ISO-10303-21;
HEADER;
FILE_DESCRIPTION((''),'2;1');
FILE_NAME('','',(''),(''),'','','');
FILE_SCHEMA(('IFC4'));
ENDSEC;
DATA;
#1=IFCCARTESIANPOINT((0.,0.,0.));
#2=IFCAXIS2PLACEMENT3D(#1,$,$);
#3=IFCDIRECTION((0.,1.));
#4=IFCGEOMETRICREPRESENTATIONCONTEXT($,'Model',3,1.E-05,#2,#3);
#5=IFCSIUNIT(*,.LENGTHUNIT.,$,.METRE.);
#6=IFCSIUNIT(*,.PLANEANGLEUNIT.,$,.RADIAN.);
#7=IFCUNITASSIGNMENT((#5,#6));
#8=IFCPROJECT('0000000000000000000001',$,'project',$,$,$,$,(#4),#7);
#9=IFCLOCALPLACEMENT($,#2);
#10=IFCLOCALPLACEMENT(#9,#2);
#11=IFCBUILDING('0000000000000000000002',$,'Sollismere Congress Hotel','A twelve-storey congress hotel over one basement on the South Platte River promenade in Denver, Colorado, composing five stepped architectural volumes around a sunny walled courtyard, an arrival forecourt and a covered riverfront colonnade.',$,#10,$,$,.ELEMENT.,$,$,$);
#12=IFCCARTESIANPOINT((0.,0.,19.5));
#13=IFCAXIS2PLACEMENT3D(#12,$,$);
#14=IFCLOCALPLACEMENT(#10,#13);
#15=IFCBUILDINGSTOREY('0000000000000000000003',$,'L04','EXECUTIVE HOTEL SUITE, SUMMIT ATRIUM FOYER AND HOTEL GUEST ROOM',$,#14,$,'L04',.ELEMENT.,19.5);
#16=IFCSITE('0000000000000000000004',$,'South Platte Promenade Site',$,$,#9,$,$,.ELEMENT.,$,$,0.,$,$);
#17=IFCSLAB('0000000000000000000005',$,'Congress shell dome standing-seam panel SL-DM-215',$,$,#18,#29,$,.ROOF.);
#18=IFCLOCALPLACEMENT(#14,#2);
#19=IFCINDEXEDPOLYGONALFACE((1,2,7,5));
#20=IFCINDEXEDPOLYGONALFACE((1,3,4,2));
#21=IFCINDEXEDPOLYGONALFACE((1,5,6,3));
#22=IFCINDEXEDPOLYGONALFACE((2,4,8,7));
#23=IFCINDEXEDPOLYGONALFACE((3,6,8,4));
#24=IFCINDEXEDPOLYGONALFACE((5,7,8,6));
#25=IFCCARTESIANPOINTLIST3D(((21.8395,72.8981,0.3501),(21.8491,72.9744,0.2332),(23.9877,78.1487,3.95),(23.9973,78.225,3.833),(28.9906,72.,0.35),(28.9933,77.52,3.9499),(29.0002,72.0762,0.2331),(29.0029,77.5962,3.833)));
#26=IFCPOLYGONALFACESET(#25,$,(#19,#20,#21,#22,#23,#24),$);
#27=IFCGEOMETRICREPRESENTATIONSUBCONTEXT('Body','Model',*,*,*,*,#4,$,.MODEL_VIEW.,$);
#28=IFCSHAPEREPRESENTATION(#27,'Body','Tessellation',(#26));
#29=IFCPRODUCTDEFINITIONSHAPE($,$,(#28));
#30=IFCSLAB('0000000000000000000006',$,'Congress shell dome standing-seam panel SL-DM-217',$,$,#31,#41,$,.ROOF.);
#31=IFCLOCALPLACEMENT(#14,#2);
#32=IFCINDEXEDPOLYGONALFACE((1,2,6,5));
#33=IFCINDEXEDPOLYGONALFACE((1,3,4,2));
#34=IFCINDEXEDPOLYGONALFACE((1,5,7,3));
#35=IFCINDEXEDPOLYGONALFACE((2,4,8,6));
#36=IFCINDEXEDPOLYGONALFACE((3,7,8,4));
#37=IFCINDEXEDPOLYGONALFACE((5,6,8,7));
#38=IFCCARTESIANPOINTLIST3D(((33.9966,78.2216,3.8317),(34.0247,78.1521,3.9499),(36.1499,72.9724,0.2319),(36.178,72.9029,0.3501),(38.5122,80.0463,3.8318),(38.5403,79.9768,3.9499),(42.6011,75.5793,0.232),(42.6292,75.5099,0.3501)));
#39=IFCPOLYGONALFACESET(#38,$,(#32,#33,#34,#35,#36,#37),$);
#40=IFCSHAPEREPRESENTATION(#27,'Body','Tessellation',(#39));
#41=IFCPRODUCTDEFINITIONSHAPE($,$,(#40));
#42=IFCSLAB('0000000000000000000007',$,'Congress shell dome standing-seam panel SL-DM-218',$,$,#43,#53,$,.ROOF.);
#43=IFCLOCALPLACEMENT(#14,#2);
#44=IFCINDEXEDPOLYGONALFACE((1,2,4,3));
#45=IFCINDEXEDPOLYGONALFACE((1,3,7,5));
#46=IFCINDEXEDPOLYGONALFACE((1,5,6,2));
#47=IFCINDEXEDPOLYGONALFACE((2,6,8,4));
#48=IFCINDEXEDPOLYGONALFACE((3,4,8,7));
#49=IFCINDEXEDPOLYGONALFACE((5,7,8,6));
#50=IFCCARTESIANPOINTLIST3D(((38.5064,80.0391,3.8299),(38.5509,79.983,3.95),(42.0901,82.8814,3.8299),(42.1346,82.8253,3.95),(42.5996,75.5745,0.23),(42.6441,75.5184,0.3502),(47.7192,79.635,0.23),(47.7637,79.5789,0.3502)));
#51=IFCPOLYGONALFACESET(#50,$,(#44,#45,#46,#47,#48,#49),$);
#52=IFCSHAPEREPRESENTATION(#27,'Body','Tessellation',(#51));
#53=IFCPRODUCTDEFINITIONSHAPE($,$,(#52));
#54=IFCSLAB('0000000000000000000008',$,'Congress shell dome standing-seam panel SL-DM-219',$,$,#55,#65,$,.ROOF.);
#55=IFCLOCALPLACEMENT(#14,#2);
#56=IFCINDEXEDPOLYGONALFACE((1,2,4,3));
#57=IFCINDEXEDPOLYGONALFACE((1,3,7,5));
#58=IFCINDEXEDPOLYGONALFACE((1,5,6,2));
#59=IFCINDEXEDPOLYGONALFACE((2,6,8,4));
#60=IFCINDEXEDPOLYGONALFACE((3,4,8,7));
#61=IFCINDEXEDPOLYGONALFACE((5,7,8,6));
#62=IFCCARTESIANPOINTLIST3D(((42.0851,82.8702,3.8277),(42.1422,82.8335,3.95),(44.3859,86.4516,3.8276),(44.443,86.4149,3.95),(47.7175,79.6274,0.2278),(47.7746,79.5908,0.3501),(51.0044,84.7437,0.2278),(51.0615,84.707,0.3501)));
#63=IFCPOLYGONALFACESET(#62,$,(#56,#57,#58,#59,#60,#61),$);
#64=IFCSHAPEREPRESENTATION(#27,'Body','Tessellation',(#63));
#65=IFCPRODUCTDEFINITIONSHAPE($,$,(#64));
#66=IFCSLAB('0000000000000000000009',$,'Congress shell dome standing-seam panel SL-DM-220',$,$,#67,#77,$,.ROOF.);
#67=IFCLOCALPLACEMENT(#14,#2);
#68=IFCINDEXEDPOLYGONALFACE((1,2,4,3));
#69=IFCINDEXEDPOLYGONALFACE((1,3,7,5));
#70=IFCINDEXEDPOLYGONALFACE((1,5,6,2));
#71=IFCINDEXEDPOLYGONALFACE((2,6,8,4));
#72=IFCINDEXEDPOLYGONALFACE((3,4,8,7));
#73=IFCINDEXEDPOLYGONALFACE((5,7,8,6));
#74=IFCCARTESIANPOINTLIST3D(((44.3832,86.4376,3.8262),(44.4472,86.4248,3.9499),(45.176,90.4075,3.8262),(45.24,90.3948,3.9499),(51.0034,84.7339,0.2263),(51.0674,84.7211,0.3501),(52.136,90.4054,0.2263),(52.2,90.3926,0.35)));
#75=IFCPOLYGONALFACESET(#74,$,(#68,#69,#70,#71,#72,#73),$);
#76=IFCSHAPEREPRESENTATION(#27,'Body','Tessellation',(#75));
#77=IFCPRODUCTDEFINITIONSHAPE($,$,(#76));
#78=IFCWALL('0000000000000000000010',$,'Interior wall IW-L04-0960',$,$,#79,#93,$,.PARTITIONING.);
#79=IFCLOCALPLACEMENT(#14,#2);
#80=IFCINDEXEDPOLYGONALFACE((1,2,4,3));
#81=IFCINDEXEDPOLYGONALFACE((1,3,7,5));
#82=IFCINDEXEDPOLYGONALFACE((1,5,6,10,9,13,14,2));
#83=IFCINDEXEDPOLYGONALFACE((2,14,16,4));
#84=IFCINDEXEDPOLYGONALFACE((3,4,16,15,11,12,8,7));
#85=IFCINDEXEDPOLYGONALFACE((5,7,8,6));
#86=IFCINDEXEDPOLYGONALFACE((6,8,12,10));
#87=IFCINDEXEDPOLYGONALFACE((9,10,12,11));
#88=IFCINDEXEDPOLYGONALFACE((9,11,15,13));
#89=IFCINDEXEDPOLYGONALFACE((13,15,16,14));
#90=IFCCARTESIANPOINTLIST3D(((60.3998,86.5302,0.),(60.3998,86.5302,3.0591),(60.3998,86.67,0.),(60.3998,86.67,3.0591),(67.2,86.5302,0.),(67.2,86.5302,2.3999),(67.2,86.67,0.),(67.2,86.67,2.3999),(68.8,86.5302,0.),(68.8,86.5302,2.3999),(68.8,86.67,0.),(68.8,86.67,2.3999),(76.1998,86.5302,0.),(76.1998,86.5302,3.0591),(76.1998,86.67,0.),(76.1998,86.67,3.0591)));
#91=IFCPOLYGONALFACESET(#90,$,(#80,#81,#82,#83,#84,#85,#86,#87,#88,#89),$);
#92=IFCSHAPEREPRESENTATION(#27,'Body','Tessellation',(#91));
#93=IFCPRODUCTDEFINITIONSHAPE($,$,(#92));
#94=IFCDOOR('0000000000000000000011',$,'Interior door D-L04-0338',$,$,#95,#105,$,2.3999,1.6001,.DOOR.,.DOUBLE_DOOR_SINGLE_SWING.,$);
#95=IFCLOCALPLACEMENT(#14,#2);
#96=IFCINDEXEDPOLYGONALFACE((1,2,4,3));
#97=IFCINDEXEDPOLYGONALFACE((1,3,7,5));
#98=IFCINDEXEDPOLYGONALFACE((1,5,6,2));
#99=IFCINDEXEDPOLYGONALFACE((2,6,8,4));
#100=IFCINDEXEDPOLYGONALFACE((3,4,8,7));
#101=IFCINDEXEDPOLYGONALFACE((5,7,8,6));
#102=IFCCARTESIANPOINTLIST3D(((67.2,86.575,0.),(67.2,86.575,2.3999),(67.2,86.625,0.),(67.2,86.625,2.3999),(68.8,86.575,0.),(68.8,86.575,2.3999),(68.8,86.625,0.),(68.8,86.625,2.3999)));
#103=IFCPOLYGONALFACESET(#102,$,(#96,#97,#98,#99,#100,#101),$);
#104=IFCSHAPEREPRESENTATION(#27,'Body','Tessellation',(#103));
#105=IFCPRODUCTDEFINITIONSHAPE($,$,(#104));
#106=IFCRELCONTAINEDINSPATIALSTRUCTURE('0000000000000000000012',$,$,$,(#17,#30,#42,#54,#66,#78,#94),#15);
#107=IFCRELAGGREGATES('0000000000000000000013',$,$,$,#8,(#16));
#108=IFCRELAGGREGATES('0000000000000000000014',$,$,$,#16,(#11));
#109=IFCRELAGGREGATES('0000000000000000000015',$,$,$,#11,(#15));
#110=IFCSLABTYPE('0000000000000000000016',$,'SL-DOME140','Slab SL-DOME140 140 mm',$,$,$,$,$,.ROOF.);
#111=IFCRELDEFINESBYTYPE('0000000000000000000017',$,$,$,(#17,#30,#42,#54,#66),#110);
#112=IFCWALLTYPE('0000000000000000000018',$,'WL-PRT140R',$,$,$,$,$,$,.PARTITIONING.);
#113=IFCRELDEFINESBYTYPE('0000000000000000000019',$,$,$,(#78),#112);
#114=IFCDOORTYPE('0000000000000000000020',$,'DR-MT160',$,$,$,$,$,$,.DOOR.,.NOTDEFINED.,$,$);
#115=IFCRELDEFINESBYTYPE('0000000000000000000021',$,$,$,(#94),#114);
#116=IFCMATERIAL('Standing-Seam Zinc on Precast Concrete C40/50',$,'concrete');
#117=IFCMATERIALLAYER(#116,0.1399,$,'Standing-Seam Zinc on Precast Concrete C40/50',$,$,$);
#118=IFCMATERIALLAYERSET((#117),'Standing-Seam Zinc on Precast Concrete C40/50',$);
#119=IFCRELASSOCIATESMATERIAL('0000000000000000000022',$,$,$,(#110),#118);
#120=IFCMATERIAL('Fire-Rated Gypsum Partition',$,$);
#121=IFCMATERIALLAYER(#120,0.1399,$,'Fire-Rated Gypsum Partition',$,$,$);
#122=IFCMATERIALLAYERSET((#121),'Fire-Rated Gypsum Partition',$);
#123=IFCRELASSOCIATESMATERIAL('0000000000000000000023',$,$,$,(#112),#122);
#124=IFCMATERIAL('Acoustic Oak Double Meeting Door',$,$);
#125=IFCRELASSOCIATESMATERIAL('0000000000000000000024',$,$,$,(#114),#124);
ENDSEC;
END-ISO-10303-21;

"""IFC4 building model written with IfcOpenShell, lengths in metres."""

from ifc_helpers import new_model, si_unit, direction, frame, frame_2d, origin, place, context, subcontext, project, spatial, polyline, rectangle, outline, extrude, material, layer, layer_set, type_object, element, fill, save


model = new_model("IFC4")

# Units and contexts
model_context = context("Model", 3, precision=1e-05, world=origin(), true_north=direction((0.0, 1.0)))
body_context = subcontext(model_context, "Body", "Model", "MODEL_VIEW")
ifc_project = project(units=[si_unit("LENGTHUNIT", "METRE"), si_unit("PLANEANGLEUNIT", "RADIAN")], contexts=[model_context])

# Site, building, storey
site_placement = place(None, origin())
site = spatial("IfcSite", under=ifc_project, at=site_placement, Name="South Platte Promenade Site", CompositionType="ELEMENT", RefElevation=0.0)
building_placement = place(site_placement, origin())
building = spatial("IfcBuilding", under=site, at=building_placement, Name="Sollismere Congress Hotel", Description="A twelve-storey congress hotel over one basement on the South Platte River promenade in Denver, Colorado, composing five stepped architectural volumes around a sunny walled courtyard, an arrival forecourt and a covered riverfront colonnade.", CompositionType="ELEMENT")
storey_placement = place(building_placement, frame((0.0, 0.0, 19.5)))
storey = spatial("IfcBuildingStorey", under=building, at=storey_placement, Name="L04", Description="EXECUTIVE HOTEL SUITE, SUMMIT ATRIUM FOYER AND HOTEL GUEST ROOM", LongName="L04", CompositionType="ELEMENT", Elevation=19.5)

# Slabs
ifc_material_1 = material(Name="Standing-Seam Zinc on Precast Concrete C40/50", Category="concrete")
ifc_layer_1 = layer(ifc_material_1, 0.1399, Name="Standing-Seam Zinc on Precast Concrete C40/50")
ifc_layer_set_1 = layer_set([ifc_layer_1], Name="Standing-Seam Zinc on Precast Concrete C40/50")
slab_type = type_object("IfcSlabType", Name="SL-DOME140", Description="Slab SL-DOME140 140 mm", PredefinedType="ROOF", material=ifc_layer_set_1)
slab_1_placement = place(storey_placement, frame((21.8491, 72.9744, 0.2332), z_axis=(-0.068444, -0.544949, 0.835671), x_axis=(0.992204, -0.124621, -0.000002)))
element("IfcSlab", 1, at=slab_1_placement, inside=storey, type_object=slab_type, Name="Congress shell dome standing-seam panel SL-DM-215", PredefinedType="ROOF", context=body_context, shape_type="SweptSolid", body=[
    extrude(outline(polyline([(0.0, 0.0), (7.2073, 0.0), (6.522, 6.5544), (1.4771, 6.5544), (0.0, 0.0)])), origin(), (0.0, 0.0, 1.0), 0.1399),
])
slab_2_placement = place(storey_placement, frame((36.1499, 72.9724, 0.2319), z_axis=(0.200724, -0.496724, 0.844379), x_axis=(0.92716, 0.374666, 0.000002)))
element("IfcSlab", 2, at=slab_2_placement, inside=storey, type_object=slab_type, Name="Congress shell dome standing-seam panel SL-DM-217", PredefinedType="ROOF", context=body_context, shape_type="SweptSolid", body=[
    extrude(outline(polyline([(0.0, 0.0), (6.958, 0.0), (4.8406, 6.7192), (-0.0298, 6.7192), (0.0, 0.0)])), origin(), (0.0, 0.0, 1.0), 0.1399),
])
slab_3_placement = place(storey_placement, frame((42.5996, 75.5745, 0.23), z_axis=(0.318081, -0.401049, 0.85906), x_axis=(0.783488, 0.621408, 0.000003)))
element("IfcSlab", 3, at=slab_3_placement, inside=storey, type_object=slab_type, Name="Congress shell dome standing-seam panel SL-DM-218", PredefinedType="ROOF", context=body_context, shape_type="SweptSolid", body=[
    extrude(outline(polyline([(0.0, 0.0), (6.5344, 0.0), (4.1414, 7.0327), (-0.4326, 7.0327), (0.0, 0.0)])), origin(), (0.0, 0.0, 1.0), 0.1399),
])
slab_4_placement = place(storey_placement, frame((47.7175, 79.6274, 0.2278), z_axis=(0.408028, -0.262127, 0.87453), x_axis=(0.540508, 0.841339, -0.000005)))
element("IfcSlab", 4, at=slab_4_placement, inside=storey, type_object=slab_type, Name="Congress shell dome standing-seam panel SL-DM-219", PredefinedType="ROOF", context=body_context, shape_type="SweptSolid", body=[
    extrude(outline(polyline([(0.0, 0.0), (6.0811, 0.0), (3.9407, 7.4229), (-0.3162, 7.4229), (0.0, 0.0)])), origin(), (0.0, 0.0, 1.0), 0.1399),
])
slab_5_placement = place(storey_placement, frame((51.0034, 84.7339, 0.2263), z_axis=(0.457469, -0.091352, 0.884521), x_axis=(0.19583, 0.980638, -0.000003)))
element("IfcSlab", 5, at=slab_5_placement, inside=storey, type_object=slab_type, Name="Congress shell dome standing-seam panel SL-DM-220", PredefinedType="ROOF", context=body_context, shape_type="SweptSolid", body=[
    extrude(outline(polyline([(0.0, 0.0), (5.7834, 0.0), (4.4226, 7.7168), (0.3743, 7.7168), (0.0, 0.0)])), origin(), (0.0, 0.0, 1.0), 0.1399),
])

# Wall, opening, door
ifc_material_2 = material(Name="Fire-Rated Gypsum Partition")
ifc_layer_2 = layer(ifc_material_2, 0.1399, Name="Fire-Rated Gypsum Partition")
ifc_layer_set_2 = layer_set([ifc_layer_2], Name="Fire-Rated Gypsum Partition")
wall_type = type_object("IfcWallType", Name="WL-PRT140R", PredefinedType="PARTITIONING", material=ifc_layer_set_2)
wall_placement = place(storey_placement, frame((60.3999, 86.6001, 0.0), z_axis=(0.0, 0.0, 1.0), x_axis=(1.0, 0.0, 0.0)))
wall = element("IfcWall", 6, at=wall_placement, inside=storey, type_object=wall_type, Name="Interior wall IW-L04-0960", PredefinedType="PARTITIONING", context=body_context, shape_type="SweptSolid", body=[
    extrude(rectangle(XDim=15.8, YDim=0.1399, at=frame_2d((7.8999, 0.0))), origin(), (0.0, 0.0, 1.0), 3.0591),
])
opening_placement = place(wall_placement, frame((6.8, 0.0, 0.0)))
opening = element("IfcOpeningElement", 7, at=opening_placement, cuts=wall, PredefinedType="OPENING", context=body_context, shape_type="SweptSolid", body=[
    extrude(rectangle(XDim=1.6001, YDim=2.3999, at=frame_2d((0.8, 1.2))), frame((0.0, 0.0798, 0.0), z_axis=(0.0, -1.0, 0.0), x_axis=(1.0, 0.0, 0.0)), (0.0, 0.0, 1.0), 0.1599),
])
ifc_material_3 = material(Name="Acoustic Oak Double Meeting Door")
door_type = type_object("IfcDoorType", Name="DR-MT160", OperationType="NOTDEFINED", PredefinedType="DOOR", material=ifc_material_3)
door_placement = place(opening_placement, origin())
door = element("IfcDoor", 8, at=door_placement, inside=storey, type_object=door_type, Name="Interior door D-L04-0338", OperationType="DOUBLE_DOOR_SINGLE_SWING", OverallHeight=2.3999, OverallWidth=1.6001, PredefinedType="DOOR", context=body_context, shape_type="SweptSolid", body=[
    extrude(rectangle(XDim=1.6001, YDim=2.3999, at=frame_2d((0.8, 1.2))), frame((0.0, 0.0249, 0.0), z_axis=(0.0, -1.0, 0.0), x_axis=(1.0, 0.0, 0.0)), (0.0, 0.0, 1.0), 0.05),
])
fill(opening, door)

save(model, "model.ifc")
